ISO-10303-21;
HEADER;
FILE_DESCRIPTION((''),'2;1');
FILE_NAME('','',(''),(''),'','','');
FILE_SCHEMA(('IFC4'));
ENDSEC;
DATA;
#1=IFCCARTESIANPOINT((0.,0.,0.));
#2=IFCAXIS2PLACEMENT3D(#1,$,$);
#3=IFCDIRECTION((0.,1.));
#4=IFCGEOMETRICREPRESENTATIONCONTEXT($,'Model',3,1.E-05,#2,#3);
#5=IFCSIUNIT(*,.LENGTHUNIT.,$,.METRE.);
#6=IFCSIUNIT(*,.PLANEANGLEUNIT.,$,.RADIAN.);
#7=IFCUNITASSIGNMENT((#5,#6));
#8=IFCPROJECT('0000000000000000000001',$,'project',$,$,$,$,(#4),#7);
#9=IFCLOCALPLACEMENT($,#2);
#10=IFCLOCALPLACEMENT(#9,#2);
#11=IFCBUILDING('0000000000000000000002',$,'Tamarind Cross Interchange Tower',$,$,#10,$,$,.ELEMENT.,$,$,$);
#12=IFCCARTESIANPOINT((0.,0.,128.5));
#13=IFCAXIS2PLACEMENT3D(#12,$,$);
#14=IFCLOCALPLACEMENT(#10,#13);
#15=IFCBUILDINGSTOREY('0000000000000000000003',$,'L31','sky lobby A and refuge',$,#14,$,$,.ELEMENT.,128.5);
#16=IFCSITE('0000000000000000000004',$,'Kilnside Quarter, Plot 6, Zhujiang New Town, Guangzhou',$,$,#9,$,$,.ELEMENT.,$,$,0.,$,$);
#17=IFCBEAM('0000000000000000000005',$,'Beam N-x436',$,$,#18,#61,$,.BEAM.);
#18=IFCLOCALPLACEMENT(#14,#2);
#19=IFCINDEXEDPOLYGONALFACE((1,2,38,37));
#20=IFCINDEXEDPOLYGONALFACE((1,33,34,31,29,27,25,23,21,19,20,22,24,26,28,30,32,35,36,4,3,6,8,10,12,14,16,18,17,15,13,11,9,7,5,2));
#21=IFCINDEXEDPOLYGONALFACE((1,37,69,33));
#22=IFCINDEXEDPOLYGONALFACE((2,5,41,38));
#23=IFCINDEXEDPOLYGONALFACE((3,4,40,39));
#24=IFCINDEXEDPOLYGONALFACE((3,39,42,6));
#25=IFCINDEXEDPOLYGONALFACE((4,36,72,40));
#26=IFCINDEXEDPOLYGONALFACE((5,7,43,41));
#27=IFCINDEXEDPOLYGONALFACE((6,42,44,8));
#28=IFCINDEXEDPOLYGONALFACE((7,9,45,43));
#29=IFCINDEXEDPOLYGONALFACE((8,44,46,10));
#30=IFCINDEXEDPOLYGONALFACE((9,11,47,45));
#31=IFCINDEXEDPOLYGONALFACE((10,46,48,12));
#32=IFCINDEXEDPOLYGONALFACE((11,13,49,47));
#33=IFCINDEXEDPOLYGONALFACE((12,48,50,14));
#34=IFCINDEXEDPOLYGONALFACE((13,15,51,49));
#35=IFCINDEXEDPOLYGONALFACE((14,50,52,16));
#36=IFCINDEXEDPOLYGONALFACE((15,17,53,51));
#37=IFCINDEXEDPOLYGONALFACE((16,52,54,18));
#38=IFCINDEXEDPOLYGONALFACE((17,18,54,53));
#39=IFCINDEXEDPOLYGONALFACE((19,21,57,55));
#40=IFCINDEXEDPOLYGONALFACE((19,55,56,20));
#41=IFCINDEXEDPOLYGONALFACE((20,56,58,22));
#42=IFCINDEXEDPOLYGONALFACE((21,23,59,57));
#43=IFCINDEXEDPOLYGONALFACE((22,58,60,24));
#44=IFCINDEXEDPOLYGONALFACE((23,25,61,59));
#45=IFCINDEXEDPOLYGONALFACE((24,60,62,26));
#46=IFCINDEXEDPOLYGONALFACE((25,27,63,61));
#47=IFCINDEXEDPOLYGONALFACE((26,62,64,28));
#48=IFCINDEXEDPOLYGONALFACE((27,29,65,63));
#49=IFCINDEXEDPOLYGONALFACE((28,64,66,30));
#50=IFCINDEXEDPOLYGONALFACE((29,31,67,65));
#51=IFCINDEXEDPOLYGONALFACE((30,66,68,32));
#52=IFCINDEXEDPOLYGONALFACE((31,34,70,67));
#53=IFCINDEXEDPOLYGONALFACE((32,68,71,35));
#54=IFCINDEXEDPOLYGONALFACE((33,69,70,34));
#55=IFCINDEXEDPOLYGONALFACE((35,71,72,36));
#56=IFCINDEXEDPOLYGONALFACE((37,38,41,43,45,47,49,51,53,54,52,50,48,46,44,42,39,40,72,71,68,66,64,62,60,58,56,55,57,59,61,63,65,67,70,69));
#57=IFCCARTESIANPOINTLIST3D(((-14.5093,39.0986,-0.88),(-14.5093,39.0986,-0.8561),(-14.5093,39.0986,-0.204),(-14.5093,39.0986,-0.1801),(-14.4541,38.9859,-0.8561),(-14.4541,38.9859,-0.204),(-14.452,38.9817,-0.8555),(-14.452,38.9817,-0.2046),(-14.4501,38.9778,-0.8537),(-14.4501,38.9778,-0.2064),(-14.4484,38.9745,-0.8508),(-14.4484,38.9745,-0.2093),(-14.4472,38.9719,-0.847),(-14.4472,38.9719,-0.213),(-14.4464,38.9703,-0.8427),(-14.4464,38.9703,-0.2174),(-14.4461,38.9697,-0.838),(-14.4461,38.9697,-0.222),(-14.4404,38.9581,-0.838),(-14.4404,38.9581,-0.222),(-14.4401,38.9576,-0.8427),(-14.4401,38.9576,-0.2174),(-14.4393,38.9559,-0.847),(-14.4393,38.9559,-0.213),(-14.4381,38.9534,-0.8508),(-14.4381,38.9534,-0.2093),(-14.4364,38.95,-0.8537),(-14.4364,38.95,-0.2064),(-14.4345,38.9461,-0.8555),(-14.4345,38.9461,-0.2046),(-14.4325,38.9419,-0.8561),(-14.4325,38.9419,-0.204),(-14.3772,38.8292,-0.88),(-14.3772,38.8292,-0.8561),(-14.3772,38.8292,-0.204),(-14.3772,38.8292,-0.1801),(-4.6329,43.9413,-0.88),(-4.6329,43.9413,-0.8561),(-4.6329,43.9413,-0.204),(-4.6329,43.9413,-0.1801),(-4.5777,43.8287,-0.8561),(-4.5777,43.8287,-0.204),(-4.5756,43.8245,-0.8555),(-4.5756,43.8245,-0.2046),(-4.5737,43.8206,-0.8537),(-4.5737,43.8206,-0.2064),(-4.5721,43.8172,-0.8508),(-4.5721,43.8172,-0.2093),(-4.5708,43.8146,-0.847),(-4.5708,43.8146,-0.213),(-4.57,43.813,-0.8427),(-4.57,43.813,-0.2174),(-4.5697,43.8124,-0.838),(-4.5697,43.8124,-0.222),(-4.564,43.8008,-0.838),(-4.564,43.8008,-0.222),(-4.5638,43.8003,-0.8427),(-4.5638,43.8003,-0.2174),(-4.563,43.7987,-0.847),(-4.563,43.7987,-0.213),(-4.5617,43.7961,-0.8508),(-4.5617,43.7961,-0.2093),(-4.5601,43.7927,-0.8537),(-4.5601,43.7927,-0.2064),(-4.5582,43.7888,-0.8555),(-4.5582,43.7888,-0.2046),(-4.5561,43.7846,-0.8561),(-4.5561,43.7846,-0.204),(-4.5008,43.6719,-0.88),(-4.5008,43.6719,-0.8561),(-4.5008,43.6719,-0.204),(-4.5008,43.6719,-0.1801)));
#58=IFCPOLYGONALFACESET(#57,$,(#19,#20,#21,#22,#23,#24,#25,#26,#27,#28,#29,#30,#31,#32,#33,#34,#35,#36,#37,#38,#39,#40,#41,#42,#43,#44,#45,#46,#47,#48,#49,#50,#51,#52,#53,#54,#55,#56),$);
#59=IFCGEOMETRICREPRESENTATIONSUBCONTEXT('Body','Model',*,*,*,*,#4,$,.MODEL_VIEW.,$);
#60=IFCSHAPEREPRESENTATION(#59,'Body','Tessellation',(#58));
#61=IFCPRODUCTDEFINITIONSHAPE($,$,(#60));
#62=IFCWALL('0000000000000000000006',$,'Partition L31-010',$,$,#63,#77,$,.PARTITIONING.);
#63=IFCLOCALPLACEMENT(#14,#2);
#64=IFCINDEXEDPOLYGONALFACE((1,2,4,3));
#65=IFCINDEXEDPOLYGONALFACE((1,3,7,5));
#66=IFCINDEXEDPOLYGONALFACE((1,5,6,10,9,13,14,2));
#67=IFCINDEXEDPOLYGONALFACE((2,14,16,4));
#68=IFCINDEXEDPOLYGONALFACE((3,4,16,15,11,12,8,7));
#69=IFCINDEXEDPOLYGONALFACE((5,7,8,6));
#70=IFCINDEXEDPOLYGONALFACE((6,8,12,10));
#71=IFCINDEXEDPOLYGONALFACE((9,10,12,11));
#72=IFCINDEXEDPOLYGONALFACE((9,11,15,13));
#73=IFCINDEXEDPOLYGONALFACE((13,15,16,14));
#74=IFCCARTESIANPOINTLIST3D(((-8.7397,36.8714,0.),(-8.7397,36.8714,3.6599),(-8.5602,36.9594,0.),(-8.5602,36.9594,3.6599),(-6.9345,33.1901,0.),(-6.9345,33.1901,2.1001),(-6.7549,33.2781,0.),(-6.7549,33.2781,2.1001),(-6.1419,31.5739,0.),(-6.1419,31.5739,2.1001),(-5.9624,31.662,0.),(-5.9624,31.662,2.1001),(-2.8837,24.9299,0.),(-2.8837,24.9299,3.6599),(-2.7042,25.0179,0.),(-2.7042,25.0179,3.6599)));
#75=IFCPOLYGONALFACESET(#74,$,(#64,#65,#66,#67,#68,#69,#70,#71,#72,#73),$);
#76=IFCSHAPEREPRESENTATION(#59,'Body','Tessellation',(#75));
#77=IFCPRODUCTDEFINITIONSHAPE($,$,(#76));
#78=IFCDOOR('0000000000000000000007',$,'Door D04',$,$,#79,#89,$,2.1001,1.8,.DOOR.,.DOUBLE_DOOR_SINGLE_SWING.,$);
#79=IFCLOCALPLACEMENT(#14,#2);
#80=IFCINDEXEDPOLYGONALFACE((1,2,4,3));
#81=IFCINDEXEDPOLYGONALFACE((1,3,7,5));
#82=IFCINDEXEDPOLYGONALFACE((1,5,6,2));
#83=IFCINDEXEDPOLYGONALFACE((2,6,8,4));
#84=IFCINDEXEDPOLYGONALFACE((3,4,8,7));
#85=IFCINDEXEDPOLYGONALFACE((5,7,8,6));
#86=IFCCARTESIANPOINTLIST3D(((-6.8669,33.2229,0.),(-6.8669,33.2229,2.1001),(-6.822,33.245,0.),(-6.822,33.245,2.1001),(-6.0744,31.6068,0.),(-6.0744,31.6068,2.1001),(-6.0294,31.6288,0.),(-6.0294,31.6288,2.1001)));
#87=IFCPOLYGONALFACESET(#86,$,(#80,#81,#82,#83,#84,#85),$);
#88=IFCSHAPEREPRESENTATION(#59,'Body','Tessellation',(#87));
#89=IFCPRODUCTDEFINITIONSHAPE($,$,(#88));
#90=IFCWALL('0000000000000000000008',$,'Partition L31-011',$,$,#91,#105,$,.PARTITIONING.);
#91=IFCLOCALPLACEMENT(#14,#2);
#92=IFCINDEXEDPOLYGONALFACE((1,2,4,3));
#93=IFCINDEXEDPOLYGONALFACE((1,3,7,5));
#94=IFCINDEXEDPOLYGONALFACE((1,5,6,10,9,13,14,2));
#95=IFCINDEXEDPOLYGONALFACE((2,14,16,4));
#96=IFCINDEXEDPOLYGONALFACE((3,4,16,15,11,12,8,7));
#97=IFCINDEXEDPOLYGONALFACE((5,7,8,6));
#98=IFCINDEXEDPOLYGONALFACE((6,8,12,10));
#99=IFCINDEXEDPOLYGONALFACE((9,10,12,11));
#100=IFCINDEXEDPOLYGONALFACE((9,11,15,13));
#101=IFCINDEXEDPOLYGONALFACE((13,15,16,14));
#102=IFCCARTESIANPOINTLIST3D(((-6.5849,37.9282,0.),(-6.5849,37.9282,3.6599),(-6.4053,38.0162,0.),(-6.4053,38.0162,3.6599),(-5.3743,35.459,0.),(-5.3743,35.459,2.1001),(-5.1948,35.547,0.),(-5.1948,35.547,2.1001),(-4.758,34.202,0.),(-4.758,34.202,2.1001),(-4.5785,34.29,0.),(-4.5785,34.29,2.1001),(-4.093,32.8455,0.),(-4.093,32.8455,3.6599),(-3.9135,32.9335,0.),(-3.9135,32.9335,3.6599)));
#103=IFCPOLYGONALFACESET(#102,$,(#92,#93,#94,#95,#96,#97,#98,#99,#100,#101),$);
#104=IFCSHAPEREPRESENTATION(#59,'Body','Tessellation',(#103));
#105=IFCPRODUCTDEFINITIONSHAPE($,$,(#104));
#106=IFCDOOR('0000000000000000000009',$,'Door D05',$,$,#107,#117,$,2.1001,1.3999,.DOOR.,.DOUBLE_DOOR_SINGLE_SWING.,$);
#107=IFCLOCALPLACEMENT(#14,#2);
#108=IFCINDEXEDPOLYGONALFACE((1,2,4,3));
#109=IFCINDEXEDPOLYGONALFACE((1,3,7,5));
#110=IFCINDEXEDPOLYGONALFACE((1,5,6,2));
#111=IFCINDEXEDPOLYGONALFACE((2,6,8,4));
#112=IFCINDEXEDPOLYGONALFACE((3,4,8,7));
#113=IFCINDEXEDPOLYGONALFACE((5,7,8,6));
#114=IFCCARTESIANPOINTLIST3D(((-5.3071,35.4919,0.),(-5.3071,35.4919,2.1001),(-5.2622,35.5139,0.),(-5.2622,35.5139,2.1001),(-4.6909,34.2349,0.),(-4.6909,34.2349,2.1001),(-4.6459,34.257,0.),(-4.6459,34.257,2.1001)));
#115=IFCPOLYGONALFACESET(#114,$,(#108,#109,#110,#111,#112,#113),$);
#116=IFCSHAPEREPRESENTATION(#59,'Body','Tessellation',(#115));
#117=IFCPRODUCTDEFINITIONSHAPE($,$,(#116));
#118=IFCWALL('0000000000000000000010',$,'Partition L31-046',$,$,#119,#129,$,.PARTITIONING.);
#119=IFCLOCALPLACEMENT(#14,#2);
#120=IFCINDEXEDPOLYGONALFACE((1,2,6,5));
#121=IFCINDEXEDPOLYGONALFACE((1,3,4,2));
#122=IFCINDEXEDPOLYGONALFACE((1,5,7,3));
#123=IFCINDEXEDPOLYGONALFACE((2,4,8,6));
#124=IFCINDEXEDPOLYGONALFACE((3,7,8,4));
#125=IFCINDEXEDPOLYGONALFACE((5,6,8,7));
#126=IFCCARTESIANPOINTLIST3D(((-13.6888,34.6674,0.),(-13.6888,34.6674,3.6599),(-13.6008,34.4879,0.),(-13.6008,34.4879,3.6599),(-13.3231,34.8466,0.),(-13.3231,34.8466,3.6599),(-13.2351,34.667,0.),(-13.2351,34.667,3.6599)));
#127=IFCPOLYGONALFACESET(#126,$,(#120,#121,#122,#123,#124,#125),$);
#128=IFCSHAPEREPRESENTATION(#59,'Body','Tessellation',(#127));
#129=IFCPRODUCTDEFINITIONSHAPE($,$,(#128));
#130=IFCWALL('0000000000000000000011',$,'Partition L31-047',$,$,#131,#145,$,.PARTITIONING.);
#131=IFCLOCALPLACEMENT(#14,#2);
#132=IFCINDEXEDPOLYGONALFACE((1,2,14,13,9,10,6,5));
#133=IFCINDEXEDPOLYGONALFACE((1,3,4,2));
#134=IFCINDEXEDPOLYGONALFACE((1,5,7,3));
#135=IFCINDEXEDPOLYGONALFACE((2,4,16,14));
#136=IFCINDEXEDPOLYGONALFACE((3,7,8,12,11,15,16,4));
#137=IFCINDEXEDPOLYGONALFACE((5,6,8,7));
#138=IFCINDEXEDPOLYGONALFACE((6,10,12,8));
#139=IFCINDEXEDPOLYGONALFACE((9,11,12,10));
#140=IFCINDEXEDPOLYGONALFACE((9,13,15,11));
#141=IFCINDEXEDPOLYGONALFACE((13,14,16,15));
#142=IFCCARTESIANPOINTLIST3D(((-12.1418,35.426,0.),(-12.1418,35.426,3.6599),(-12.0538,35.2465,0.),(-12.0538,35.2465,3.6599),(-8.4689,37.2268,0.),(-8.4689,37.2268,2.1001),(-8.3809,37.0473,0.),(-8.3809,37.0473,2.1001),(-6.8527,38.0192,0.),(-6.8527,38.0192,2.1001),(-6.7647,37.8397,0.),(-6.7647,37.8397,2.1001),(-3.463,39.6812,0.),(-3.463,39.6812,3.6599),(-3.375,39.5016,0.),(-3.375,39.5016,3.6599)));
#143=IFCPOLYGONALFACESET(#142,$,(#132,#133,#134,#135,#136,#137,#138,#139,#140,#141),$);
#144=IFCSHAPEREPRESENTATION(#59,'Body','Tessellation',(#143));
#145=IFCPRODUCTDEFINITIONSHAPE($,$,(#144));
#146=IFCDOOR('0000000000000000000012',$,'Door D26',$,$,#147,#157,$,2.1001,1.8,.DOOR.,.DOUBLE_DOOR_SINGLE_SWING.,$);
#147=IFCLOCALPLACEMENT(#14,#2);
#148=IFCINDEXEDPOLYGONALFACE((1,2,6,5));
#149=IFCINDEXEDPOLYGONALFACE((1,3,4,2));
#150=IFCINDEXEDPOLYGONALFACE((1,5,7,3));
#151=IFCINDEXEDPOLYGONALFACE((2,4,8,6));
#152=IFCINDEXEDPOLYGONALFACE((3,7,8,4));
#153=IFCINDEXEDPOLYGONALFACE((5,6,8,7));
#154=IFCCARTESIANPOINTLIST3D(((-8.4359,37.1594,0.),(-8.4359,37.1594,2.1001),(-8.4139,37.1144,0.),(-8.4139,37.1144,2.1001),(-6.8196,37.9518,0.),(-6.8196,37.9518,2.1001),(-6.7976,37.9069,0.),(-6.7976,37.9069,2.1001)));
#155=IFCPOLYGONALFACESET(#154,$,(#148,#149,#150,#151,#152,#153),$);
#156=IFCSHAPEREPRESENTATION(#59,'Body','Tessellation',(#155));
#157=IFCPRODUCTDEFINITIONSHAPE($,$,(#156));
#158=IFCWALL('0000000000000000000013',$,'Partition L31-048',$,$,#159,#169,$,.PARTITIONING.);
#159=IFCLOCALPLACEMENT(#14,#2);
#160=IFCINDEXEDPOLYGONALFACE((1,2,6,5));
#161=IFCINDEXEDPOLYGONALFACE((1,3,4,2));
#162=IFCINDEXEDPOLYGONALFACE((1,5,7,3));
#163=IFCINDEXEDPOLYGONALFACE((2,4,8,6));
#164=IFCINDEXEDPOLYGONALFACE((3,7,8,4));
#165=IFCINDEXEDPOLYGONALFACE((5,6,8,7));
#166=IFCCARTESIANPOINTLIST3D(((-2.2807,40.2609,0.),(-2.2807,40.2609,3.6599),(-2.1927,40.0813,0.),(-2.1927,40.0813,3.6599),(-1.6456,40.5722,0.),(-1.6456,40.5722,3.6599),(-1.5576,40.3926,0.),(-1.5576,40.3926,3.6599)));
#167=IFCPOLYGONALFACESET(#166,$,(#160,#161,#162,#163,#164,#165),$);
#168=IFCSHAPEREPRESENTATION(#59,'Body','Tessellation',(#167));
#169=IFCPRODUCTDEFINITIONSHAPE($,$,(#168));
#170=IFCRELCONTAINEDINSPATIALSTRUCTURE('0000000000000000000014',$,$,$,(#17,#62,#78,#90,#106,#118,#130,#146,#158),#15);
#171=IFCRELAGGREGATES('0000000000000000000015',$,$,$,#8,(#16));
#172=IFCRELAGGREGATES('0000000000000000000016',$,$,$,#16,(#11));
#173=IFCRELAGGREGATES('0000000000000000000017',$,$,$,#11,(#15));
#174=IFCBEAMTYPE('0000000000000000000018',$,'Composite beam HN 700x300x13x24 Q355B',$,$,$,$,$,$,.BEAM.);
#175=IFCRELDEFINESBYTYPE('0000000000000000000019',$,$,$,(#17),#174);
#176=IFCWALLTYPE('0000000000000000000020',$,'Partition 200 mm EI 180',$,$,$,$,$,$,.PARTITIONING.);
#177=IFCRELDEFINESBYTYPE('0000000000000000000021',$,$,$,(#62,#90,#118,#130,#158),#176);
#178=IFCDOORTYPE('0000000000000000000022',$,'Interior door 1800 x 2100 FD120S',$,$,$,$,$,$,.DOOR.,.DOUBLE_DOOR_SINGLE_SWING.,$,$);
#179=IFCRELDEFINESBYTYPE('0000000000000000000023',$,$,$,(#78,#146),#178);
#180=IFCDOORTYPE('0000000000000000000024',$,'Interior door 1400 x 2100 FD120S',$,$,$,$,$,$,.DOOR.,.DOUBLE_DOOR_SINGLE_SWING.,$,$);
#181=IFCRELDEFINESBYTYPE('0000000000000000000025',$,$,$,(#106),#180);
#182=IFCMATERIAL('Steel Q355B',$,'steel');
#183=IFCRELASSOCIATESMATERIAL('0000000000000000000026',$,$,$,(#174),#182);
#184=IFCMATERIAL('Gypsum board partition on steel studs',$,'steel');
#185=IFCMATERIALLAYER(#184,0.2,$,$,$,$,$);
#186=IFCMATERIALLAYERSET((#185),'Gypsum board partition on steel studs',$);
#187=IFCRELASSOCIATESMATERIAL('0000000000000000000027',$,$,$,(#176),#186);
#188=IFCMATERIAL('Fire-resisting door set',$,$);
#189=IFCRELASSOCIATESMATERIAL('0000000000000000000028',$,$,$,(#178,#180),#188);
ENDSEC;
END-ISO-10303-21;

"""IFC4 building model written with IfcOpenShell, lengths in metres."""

from ifc_helpers import new_model, si_unit, direction, frame, frame_2d, origin, origin_2d, place, context, subcontext, project, spatial, rectangle, i_section, extrude, material, layer, layer_set, material_profile, profile_set, type_object, element, fill, save


model = new_model("IFC4")

# Units and contexts
model_context = context("Model", 3, precision=1e-05, world=origin(), true_north=direction((0.0, 1.0)))
body_context = subcontext(model_context, "Body", "Model", "MODEL_VIEW")
ifc_project = project(units=[si_unit("LENGTHUNIT", "METRE"), si_unit("PLANEANGLEUNIT", "RADIAN")], contexts=[model_context])

# Site, building, storey
site_placement = place(None, origin())
site = spatial("IfcSite", under=ifc_project, at=site_placement, Name="Kilnside Quarter, Plot 6, Zhujiang New Town, Guangzhou", CompositionType="ELEMENT", RefElevation=0.0)
building_placement = place(site_placement, origin())
building = spatial("IfcBuilding", under=site, at=building_placement, Name="Tamarind Cross Interchange Tower", CompositionType="ELEMENT")
storey_placement = place(building_placement, frame((0.0, 0.0, 128.5)))
storey = spatial("IfcBuildingStorey", under=building, at=storey_placement, Name="L31", Description="sky lobby A and refuge", CompositionType="ELEMENT", Elevation=128.5)

# Beam
ifc_material_1 = material(Name="Steel Q355B", Category="steel")
ifc_material_profile_1 = material_profile(ifc_material_1, i_section(OverallWidth=0.3, OverallDepth=0.7, WebThickness=0.0129, FlangeThickness=0.0239, FilletRadius=0.0181, at=origin_2d()), Name="HN 700x300x13x24")
ifc_profile_set_1 = profile_set([ifc_material_profile_1], Name="Steel Q355B")
beam_type_1 = type_object("IfcBeamType", Name="Composite beam HN 700x300x13x24 Q355B", PredefinedType="BEAM", material=ifc_profile_set_1)
for number, where, z_axis, x_axis, name in (
    (1, (-4.5669, 43.8066, -0.53), (-0.897872, -0.440258, 0.0), (0.440258, -0.897872, 0.0), "Beam N-x436"),
):
    element("IfcBeam", number, at=place(storey_placement, frame(where, z_axis=z_axis, x_axis=x_axis)), inside=storey, type_object=beam_type_1, Name=name, PredefinedType="BEAM", context=body_context, shape_type="SweptSolid", body=[
        extrude(i_section(OverallWidth=0.3, OverallDepth=0.7, WebThickness=0.0129, FlangeThickness=0.0239, FilletRadius=0.0181, at=origin_2d()), origin(), (0.0, 0.0, 1.0), 10.9998),
    ])

# Walls, openings, doors
ifc_material_2 = material(Name="Gypsum board partition on steel studs", Category="steel")
ifc_layer_1 = layer(ifc_material_2, 0.2)
ifc_layer_set_1 = layer_set([ifc_layer_1], Name="Gypsum board partition on steel studs")
wall_type_1 = type_object("IfcWallType", Name="Partition 200 mm EI 180", PredefinedType="PARTITIONING", material=ifc_layer_set_1)
wall_1_placement = place(storey_placement, frame((-8.6499, 36.9153, 0.0), z_axis=(0.0, 0.0, 1.0), x_axis=(0.440298, -0.897852, 0.0)))
wall_1 = element("IfcWall", 2, at=wall_1_placement, inside=storey, type_object=wall_type_1, Name="Partition L31-010", PredefinedType="PARTITIONING", context=body_context, shape_type="SweptSolid", body=[
    extrude(rectangle(XDim=13.3, YDim=0.2, at=frame_2d((6.6499, 0.0))), origin(), (0.0, 0.0, 1.0), 3.6599),
])
opening_1_placement = place(wall_1_placement, frame((4.1001, 0.0, 0.0)))
opening_1 = element("IfcOpeningElement", 3, at=opening_1_placement, cuts=wall_1, PredefinedType="OPENING", context=body_context, shape_type="SweptSolid", body=[
    extrude(rectangle(XDim=1.8, YDim=2.1001, at=frame_2d((0.8999, 1.05))), frame((0.0, 0.1099, 0.0), z_axis=(0.0, -1.0, 0.0), x_axis=(1.0, 0.0, 0.0)), (0.0, 0.0, 1.0), 0.22),
])
ifc_material_3 = material(Name="Fire-resisting door set")
door_type_1 = type_object("IfcDoorType", Name="Interior door 1800 x 2100 FD120S", OperationType="DOUBLE_DOOR_SINGLE_SWING", PredefinedType="DOOR", material=ifc_material_3)
door_1_placement = place(opening_1_placement, frame((1.8, 0.0, 0.0), z_axis=(0.0, 0.0, 1.0), x_axis=(-1.0, 0.0, 0.0)))
door_1 = element("IfcDoor", 4, at=door_1_placement, inside=storey, type_object=door_type_1, Name="Door D04", OperationType="DOUBLE_DOOR_SINGLE_SWING", OverallHeight=2.1001, OverallWidth=1.8, PredefinedType="DOOR", context=body_context, shape_type="SweptSolid", body=[
    extrude(rectangle(XDim=1.8, YDim=2.1001, at=frame_2d((0.8999, 1.05))), frame((0.0, 0.0249, 0.0), z_axis=(0.0, -1.0, 0.0), x_axis=(1.0, 0.0, 0.0)), (0.0, 0.0, 1.0), 0.05),
])
fill(opening_1, door_1)
wall_2_placement = place(storey_placement, frame((-6.4951, 37.9722, 0.0), z_axis=(0.0, 0.0, 1.0), x_axis=(0.440213, -0.897893, 0.0)))
wall_2 = element("IfcWall", 5, at=wall_2_placement, inside=storey, type_object=wall_type_1, Name="Partition L31-011", PredefinedType="PARTITIONING", context=body_context, shape_type="SweptSolid", body=[
    extrude(rectangle(XDim=5.6606, YDim=0.2, at=frame_2d((2.8303, 0.0))), origin(), (0.0, 0.0, 1.0), 3.6599),
])
opening_2_placement = place(wall_2_placement, frame((2.75, 0.0, 0.0)))
opening_2 = element("IfcOpeningElement", 6, at=opening_2_placement, cuts=wall_2, PredefinedType="OPENING", context=body_context, shape_type="SweptSolid", body=[
    extrude(rectangle(XDim=1.3999, YDim=2.1001, at=frame_2d((0.7, 1.05))), frame((0.0, 0.1099, 0.0), z_axis=(0.0, -1.0, 0.0), x_axis=(1.0, 0.0, 0.0)), (0.0, 0.0, 1.0), 0.22),
])
door_type_2 = type_object("IfcDoorType", Name="Interior door 1400 x 2100 FD120S", OperationType="DOUBLE_DOOR_SINGLE_SWING", PredefinedType="DOOR", material=ifc_material_3)
door_2_placement = place(opening_2_placement, origin())
door_2 = element("IfcDoor", 7, at=door_2_placement, inside=storey, type_object=door_type_2, Name="Door D05", OperationType="DOUBLE_DOOR_SINGLE_SWING", OverallHeight=2.1001, OverallWidth=1.3999, PredefinedType="DOOR", context=body_context, shape_type="SweptSolid", body=[
    extrude(rectangle(XDim=1.3999, YDim=2.1001, at=frame_2d((0.7, 1.05))), frame((0.0, 0.0249, 0.0), z_axis=(0.0, -1.0, 0.0), x_axis=(1.0, 0.0, 0.0)), (0.0, 0.0, 1.0), 0.05),
])
fill(opening_2, door_2)

# Wall
wall_3_placement = place(storey_placement, frame((-13.6448, 34.5776, 0.0), z_axis=(0.0, 0.0, 1.0), x_axis=(0.897995, 0.440006, 0.0)))
element("IfcWall", 8, at=wall_3_placement, inside=storey, type_object=wall_type_1, Name="Partition L31-046", PredefinedType="PARTITIONING", context=body_context, shape_type="SweptSolid", body=[
    extrude(rectangle(XDim=0.4072, YDim=0.2, at=frame_2d((0.2036, 0.0))), origin(), (0.0, 0.0, 1.0), 3.6599),
])

# Wall, opening, door
wall_4_placement = place(storey_placement, frame((-12.0979, 35.3362, 0.0), z_axis=(0.0, 0.0, 1.0), x_axis=(0.897886, 0.440229, 0.0)))
wall_4 = element("IfcWall", 9, at=wall_4_placement, inside=storey, type_object=wall_type_1, Name="Partition L31-047", PredefinedType="PARTITIONING", context=body_context, shape_type="SweptSolid", body=[
    extrude(rectangle(XDim=9.6658, YDim=0.2, at=frame_2d((4.833, 0.0))), origin(), (0.0, 0.0, 1.0), 3.6599),
])
opening_3_placement = place(wall_4_placement, frame((4.0908, 0.0, 0.0)))
opening_3 = element("IfcOpeningElement", 10, at=opening_3_placement, cuts=wall_4, PredefinedType="OPENING", context=body_context, shape_type="SweptSolid", body=[
    extrude(rectangle(XDim=1.8, YDim=2.1001, at=frame_2d((0.8999, 1.05))), frame((0.0, 0.1099, 0.0), z_axis=(0.0, -1.0, 0.0), x_axis=(1.0, 0.0, 0.0)), (0.0, 0.0, 1.0), 0.22),
])
door_3_placement = place(opening_3_placement, origin())
door_3 = element("IfcDoor", 11, at=door_3_placement, inside=storey, type_object=door_type_1, Name="Door D26", OperationType="DOUBLE_DOOR_SINGLE_SWING", OverallHeight=2.1001, OverallWidth=1.8, PredefinedType="DOOR", context=body_context, shape_type="SweptSolid", body=[
    extrude(rectangle(XDim=1.8, YDim=2.1001, at=frame_2d((0.8999, 1.05))), frame((0.0, 0.0249, 0.0), z_axis=(0.0, -1.0, 0.0), x_axis=(1.0, 0.0, 0.0)), (0.0, 0.0, 1.0), 0.05),
])
fill(opening_3, door_3)

# Wall
wall_5_placement = place(storey_placement, frame((-2.2366, 40.1711, 0.0), z_axis=(0.0, 0.0, 1.0), x_axis=(0.897921, 0.440157, 0.0)))
element("IfcWall", 12, at=wall_5_placement, inside=storey, type_object=wall_type_1, Name="Partition L31-048", PredefinedType="PARTITIONING", context=body_context, shape_type="SweptSolid", body=[
    extrude(rectangle(XDim=0.7073, YDim=0.2, at=frame_2d((0.3535, 0.0))), origin(), (0.0, 0.0, 1.0), 3.6599),
])

save(model, "model.ifc")
